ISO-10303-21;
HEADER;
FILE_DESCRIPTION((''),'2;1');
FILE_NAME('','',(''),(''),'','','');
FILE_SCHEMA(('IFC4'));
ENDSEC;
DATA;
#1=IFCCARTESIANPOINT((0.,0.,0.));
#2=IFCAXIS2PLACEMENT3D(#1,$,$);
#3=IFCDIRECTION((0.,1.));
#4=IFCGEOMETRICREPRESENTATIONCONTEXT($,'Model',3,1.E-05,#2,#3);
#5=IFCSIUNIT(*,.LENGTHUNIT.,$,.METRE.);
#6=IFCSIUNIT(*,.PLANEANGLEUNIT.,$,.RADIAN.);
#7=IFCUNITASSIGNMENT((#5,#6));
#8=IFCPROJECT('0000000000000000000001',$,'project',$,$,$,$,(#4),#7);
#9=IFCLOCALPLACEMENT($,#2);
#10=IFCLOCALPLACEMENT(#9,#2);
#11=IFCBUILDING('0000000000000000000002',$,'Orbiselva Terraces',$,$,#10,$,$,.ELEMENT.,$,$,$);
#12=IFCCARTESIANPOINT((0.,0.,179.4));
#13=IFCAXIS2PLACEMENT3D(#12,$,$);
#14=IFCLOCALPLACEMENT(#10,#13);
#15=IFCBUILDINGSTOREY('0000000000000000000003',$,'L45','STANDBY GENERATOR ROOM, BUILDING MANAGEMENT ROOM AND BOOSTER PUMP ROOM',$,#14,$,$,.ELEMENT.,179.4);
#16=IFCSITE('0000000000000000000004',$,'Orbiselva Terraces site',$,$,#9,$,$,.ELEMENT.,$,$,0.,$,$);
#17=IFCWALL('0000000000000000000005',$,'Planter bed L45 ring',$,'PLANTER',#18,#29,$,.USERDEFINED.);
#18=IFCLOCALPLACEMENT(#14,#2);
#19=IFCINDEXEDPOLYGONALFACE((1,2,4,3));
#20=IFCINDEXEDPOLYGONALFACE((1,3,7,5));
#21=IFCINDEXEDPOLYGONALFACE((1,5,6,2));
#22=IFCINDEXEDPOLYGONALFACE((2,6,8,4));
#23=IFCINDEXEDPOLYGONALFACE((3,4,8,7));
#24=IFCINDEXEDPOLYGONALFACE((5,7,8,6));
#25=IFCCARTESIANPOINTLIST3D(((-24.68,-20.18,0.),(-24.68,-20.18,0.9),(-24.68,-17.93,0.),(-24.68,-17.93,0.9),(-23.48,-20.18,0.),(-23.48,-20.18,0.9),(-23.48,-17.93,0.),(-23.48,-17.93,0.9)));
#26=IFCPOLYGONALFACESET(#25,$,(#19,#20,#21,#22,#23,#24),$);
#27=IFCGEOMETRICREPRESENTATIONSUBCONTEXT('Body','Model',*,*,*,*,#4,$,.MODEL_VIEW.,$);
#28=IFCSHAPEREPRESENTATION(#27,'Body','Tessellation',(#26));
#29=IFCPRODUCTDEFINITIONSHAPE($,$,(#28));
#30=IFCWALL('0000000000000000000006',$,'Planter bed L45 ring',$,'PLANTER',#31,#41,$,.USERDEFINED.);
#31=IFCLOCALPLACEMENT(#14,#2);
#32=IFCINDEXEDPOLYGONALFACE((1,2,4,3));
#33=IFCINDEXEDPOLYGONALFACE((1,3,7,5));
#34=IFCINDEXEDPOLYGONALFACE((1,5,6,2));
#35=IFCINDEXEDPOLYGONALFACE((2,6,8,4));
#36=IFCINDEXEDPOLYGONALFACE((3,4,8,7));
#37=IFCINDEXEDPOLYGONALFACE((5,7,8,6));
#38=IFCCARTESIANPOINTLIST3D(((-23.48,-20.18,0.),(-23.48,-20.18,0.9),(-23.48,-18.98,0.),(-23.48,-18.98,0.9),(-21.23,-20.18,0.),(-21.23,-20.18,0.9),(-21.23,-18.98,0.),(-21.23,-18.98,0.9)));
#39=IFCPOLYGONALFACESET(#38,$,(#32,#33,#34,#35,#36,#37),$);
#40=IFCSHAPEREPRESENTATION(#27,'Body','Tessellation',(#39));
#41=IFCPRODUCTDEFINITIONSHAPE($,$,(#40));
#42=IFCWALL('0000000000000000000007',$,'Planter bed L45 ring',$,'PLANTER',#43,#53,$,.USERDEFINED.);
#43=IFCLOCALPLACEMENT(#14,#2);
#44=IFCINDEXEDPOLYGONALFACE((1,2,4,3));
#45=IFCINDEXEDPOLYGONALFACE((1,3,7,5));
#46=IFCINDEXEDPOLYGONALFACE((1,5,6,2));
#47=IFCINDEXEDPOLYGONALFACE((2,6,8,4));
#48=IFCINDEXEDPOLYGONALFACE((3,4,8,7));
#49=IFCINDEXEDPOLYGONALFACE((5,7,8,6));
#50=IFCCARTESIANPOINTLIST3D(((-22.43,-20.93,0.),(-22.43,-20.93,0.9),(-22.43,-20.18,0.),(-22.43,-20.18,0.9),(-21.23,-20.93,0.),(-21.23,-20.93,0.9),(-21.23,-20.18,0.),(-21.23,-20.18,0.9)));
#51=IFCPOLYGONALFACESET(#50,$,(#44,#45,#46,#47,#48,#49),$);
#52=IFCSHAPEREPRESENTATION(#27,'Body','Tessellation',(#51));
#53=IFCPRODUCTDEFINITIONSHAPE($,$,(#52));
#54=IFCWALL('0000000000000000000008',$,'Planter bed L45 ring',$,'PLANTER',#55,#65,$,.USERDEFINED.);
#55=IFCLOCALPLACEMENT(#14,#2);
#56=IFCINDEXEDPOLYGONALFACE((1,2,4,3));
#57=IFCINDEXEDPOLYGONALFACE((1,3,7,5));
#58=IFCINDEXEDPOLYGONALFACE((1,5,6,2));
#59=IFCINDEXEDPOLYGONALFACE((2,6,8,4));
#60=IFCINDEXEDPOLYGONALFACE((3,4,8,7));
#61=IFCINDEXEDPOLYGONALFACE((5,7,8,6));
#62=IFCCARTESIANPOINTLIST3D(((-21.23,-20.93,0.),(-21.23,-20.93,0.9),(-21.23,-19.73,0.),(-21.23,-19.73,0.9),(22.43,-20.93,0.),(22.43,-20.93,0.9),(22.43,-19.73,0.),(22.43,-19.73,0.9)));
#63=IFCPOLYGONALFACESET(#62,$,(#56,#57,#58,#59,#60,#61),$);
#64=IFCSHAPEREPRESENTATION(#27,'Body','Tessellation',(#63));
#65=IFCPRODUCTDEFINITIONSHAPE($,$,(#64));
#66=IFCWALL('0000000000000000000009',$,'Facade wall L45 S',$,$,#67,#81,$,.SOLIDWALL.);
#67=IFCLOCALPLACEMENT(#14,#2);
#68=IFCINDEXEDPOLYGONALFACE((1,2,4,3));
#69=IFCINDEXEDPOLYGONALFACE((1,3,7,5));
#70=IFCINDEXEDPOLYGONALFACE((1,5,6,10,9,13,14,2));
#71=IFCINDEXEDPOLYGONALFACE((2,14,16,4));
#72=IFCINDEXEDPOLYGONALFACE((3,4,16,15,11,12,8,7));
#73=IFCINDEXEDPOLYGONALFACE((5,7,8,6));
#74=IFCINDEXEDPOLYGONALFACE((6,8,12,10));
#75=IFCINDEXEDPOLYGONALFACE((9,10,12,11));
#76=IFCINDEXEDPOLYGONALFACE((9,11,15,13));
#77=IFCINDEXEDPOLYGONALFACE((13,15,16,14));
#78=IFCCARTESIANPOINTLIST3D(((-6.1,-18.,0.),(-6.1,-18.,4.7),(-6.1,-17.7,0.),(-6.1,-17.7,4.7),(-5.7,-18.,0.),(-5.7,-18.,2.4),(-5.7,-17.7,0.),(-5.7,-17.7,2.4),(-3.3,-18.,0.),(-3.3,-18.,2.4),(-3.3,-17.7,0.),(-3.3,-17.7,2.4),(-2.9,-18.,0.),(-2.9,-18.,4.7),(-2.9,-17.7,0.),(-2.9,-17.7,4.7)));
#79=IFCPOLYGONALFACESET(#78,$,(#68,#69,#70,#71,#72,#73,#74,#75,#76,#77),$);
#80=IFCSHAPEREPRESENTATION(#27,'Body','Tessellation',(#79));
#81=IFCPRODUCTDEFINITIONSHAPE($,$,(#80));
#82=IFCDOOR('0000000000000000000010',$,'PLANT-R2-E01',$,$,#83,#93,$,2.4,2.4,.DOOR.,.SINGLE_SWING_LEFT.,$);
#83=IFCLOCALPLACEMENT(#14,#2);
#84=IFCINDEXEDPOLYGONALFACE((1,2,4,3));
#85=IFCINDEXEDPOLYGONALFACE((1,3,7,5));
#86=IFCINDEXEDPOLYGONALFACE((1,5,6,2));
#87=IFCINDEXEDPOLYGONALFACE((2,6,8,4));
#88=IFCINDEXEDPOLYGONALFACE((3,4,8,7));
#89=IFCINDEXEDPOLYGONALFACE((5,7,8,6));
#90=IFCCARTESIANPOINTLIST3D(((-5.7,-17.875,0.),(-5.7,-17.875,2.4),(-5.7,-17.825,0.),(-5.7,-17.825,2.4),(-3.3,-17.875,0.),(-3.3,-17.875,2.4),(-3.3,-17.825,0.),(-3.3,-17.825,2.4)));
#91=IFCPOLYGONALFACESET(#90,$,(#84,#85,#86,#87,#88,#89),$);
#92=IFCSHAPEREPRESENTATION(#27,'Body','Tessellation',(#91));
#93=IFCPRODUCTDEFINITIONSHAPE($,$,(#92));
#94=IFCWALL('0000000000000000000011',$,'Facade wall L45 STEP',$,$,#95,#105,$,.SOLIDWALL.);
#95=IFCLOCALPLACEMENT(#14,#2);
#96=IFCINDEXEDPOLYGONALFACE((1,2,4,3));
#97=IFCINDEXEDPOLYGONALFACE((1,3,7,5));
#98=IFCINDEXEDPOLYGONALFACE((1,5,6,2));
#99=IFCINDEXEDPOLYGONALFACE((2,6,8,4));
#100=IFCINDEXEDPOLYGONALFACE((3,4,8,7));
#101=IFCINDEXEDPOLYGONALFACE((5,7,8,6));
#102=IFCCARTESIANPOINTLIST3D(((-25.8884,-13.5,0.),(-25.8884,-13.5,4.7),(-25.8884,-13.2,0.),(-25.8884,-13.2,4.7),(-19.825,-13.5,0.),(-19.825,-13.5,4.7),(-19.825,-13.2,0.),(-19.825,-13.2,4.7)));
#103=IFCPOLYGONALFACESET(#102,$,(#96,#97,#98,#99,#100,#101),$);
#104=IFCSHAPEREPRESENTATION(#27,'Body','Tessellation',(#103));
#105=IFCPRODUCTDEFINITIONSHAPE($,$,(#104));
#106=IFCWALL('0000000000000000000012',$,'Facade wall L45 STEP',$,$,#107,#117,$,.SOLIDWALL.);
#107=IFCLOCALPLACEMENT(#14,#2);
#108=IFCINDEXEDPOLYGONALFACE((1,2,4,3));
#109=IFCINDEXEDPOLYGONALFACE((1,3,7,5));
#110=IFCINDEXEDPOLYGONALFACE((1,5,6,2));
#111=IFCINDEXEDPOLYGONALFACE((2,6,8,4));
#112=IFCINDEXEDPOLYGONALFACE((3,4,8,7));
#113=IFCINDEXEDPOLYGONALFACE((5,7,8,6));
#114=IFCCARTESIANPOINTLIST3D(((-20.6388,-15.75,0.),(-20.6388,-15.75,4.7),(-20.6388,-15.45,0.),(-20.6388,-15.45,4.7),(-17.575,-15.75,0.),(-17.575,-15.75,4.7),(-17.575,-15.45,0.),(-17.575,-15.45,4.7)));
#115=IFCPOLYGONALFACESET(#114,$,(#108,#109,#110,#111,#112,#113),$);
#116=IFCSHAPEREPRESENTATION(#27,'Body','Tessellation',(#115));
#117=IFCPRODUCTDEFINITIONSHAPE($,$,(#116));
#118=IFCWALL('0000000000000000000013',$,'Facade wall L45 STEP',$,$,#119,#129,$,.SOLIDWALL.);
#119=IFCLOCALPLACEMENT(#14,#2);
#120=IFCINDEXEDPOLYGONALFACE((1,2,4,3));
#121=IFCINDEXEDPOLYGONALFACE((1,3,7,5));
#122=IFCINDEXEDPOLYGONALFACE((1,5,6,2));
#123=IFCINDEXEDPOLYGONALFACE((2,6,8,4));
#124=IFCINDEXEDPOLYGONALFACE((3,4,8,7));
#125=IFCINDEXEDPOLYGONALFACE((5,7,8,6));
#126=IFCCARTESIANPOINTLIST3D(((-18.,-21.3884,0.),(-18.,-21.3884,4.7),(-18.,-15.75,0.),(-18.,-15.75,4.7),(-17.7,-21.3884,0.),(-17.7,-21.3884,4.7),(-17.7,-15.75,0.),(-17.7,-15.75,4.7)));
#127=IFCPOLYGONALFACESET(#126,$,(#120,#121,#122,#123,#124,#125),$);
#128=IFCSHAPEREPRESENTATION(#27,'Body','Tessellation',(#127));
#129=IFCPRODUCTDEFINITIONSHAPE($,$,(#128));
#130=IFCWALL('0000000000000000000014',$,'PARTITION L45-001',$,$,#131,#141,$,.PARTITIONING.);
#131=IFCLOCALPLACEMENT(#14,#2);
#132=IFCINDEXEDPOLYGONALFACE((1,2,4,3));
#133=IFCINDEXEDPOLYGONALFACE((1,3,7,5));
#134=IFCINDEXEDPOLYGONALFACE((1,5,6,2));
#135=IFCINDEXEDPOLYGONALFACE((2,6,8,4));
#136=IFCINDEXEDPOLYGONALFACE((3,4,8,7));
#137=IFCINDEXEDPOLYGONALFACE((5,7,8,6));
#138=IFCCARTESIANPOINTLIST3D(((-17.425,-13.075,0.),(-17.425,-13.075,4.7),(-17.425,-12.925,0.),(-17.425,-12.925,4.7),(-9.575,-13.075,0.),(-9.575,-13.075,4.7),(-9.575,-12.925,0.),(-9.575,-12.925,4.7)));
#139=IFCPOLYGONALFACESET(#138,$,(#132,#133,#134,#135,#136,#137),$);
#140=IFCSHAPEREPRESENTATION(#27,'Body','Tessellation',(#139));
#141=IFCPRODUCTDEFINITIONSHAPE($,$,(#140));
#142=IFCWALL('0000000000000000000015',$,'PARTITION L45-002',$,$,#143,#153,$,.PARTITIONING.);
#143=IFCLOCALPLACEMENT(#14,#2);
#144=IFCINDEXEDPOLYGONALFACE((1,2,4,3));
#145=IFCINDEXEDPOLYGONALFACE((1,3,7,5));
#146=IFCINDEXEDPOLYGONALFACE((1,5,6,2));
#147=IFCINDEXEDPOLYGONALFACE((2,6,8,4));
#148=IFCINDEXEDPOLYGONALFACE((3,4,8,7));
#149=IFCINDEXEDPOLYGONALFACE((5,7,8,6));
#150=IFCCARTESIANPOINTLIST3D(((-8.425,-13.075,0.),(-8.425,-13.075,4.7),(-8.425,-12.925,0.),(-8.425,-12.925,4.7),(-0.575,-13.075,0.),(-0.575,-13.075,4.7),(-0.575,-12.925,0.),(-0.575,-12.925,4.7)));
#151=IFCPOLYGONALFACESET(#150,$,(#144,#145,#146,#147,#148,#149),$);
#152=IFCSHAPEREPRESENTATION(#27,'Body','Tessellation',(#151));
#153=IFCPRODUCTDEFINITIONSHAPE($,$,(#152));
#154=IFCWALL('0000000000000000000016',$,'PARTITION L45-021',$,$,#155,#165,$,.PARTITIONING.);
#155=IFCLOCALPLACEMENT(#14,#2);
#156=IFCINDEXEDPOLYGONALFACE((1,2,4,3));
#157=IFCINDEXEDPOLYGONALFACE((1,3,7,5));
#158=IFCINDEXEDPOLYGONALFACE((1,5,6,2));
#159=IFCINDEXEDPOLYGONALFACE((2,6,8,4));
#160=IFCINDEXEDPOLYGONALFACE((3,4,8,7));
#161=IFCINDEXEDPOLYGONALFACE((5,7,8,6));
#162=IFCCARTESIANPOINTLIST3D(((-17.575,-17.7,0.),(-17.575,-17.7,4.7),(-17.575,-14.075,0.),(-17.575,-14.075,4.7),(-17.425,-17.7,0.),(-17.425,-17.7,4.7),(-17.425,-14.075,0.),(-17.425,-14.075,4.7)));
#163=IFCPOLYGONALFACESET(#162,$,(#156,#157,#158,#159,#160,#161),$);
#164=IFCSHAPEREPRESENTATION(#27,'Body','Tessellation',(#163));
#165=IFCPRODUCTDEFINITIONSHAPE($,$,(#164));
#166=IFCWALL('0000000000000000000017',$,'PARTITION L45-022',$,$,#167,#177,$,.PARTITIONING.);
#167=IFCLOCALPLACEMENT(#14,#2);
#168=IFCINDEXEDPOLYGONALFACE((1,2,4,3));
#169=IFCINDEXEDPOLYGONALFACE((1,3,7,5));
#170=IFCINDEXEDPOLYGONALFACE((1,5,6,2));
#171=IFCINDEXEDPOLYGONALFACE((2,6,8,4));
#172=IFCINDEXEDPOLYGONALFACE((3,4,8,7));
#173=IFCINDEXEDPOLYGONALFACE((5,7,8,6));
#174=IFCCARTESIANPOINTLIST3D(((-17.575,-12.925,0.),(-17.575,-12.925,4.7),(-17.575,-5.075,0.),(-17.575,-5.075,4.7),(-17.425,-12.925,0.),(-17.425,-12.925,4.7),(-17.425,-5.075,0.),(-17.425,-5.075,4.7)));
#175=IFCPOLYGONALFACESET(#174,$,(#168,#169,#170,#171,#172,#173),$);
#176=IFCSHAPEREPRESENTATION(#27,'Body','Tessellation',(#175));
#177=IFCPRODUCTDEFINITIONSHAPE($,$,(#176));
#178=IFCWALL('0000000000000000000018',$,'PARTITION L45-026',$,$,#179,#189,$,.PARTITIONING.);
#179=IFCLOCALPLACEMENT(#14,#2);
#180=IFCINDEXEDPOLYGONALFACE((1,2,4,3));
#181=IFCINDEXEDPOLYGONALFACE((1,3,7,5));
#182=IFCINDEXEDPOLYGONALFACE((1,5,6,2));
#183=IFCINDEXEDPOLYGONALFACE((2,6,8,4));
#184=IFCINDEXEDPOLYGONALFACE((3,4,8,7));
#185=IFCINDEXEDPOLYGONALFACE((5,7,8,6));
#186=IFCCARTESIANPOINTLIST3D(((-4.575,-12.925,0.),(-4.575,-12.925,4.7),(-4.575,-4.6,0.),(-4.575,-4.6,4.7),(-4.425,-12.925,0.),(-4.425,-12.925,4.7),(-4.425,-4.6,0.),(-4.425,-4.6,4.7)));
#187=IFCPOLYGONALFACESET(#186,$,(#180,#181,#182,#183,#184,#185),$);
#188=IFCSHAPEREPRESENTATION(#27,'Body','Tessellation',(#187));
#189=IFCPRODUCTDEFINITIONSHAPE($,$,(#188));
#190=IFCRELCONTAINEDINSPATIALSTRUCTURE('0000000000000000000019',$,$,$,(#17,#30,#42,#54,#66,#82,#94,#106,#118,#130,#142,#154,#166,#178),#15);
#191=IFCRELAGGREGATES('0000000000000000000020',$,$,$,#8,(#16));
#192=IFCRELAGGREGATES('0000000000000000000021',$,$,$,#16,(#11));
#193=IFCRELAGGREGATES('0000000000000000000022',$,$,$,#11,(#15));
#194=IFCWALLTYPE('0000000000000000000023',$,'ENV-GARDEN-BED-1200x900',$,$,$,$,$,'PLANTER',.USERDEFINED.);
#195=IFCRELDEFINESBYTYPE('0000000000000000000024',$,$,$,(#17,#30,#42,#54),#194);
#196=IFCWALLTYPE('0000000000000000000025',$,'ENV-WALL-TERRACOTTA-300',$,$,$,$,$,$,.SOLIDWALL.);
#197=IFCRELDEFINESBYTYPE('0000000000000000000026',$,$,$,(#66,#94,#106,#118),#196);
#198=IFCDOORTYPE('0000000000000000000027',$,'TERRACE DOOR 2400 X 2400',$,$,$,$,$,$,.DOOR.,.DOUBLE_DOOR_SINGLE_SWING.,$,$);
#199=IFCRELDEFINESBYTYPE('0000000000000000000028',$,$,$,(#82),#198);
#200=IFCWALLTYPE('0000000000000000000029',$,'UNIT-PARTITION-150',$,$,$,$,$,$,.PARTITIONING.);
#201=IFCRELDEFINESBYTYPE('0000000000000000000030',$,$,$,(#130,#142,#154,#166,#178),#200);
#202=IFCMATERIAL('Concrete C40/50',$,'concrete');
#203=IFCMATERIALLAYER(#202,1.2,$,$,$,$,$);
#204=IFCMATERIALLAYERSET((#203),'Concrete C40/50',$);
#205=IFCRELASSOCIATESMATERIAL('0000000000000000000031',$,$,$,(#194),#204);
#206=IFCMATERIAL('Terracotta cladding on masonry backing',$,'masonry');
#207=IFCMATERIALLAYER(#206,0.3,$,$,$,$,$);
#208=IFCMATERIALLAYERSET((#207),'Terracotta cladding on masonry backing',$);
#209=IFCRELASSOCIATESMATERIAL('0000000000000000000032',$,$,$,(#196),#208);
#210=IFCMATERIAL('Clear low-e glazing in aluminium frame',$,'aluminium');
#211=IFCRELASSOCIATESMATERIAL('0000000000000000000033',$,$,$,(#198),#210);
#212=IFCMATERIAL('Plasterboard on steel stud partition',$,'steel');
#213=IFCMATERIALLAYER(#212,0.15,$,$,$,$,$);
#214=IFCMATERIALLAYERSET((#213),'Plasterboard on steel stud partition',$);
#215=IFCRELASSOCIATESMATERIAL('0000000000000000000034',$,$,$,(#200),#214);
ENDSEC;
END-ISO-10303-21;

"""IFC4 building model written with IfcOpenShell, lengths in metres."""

from ifc_helpers import new_model, si_unit, direction, frame, frame_2d, origin, place, context, subcontext, project, spatial, rectangle, extrude, material, layer, layer_set, type_object, element, fill, save


model = new_model("IFC4")

# Units and contexts
model_context = context("Model", 3, precision=1e-05, world=origin(), true_north=direction((0.0, 1.0)))
body_context = subcontext(model_context, "Body", "Model", "MODEL_VIEW")
ifc_project = project(units=[si_unit("LENGTHUNIT", "METRE"), si_unit("PLANEANGLEUNIT", "RADIAN")], contexts=[model_context])

# Site, building, storey
site_placement = place(None, origin())
site = spatial("IfcSite", under=ifc_project, at=site_placement, Name="Orbiselva Terraces site", CompositionType="ELEMENT", RefElevation=0.0)
building_placement = place(site_placement, origin())
building = spatial("IfcBuilding", under=site, at=building_placement, Name="Orbiselva Terraces", CompositionType="ELEMENT")
storey_placement = place(building_placement, frame((0.0, 0.0, 179.4)))
storey = spatial("IfcBuildingStorey", under=building, at=storey_placement, Name="L45", Description="STANDBY GENERATOR ROOM, BUILDING MANAGEMENT ROOM AND BOOSTER PUMP ROOM", CompositionType="ELEMENT", Elevation=179.4)

# Walls
ifc_material_1 = material(Name="Concrete C40/50", Category="concrete")
ifc_layer_1 = layer(ifc_material_1, 1.2)
ifc_layer_set_1 = layer_set([ifc_layer_1], Name="Concrete C40/50")
wall_type_1 = type_object("IfcWallType", Name="ENV-GARDEN-BED-1200x900", ElementType="PLANTER", PredefinedType="USERDEFINED", material=ifc_layer_set_1)
for number, where, z_axis, x_axis, name in (
    (1, (-24.08, -17.93, 0.0), (0.0, 0.0, 1.0), (0.0, -1.0, 0.0), "Planter bed L45 ring"),
    (2, (-23.48, -19.58, 0.0), (0.0, 0.0, 1.0), (1.0, 0.0, 0.0), "Planter bed L45 ring"),
):
    element("IfcWall", number, at=place(storey_placement, frame(where, z_axis=z_axis, x_axis=x_axis)), inside=storey, type_object=wall_type_1, Name=name, ObjectType="PLANTER", PredefinedType="USERDEFINED", context=body_context, shape_type="SweptSolid", body=[
        extrude(rectangle(XDim=2.25, YDim=1.2, at=frame_2d((1.125, 0.0))), origin(), (0.0, 0.0, 1.0), 0.9),
    ])
wall_1_placement = place(storey_placement, frame((-21.83, -20.18, 0.0), z_axis=(0.0, 0.0, 1.0), x_axis=(0.0, -1.0, 0.0)))
element("IfcWall", 3, at=wall_1_placement, inside=storey, type_object=wall_type_1, Name="Planter bed L45 ring", ObjectType="PLANTER", PredefinedType="USERDEFINED", context=body_context, shape_type="SweptSolid", body=[
    extrude(rectangle(XDim=0.75, YDim=1.2, at=frame_2d((0.375, 0.0))), origin(), (0.0, 0.0, 1.0), 0.9),
])
wall_2_placement = place(storey_placement, frame((-21.23, -20.33, 0.0), z_axis=(0.0, 0.0, 1.0), x_axis=(1.0, 0.0, 0.0)))
element("IfcWall", 4, at=wall_2_placement, inside=storey, type_object=wall_type_1, Name="Planter bed L45 ring", ObjectType="PLANTER", PredefinedType="USERDEFINED", context=body_context, shape_type="SweptSolid", body=[
    extrude(rectangle(XDim=43.66, YDim=1.2, at=frame_2d((21.83, 0.0))), origin(), (0.0, 0.0, 1.0), 0.9),
])

# Wall, opening, door
ifc_material_2 = material(Name="Terracotta cladding on masonry backing", Category="masonry")
ifc_layer_2 = layer(ifc_material_2, 0.3)
ifc_layer_set_2 = layer_set([ifc_layer_2], Name="Terracotta cladding on masonry backing")
wall_type_2 = type_object("IfcWallType", Name="ENV-WALL-TERRACOTTA-300", PredefinedType="SOLIDWALL", material=ifc_layer_set_2)
wall_3_placement = place(storey_placement, frame((-2.9, -17.85, 0.0), z_axis=(0.0, 0.0, 1.0), x_axis=(-1.0, 0.0, 0.0)))
wall_3 = element("IfcWall", 5, at=wall_3_placement, inside=storey, type_object=wall_type_2, Name="Facade wall L45 S", PredefinedType="SOLIDWALL", context=body_context, shape_type="SweptSolid", body=[
    extrude(rectangle(XDim=3.2, YDim=0.3, at=frame_2d((1.6, 0.0))), origin(), (0.0, 0.0, 1.0), 4.7),
])
opening_placement = place(wall_3_placement, frame((0.4, 0.0, 0.0)))
opening = element("IfcOpeningElement", 6, at=opening_placement, cuts=wall_3, PredefinedType="OPENING", context=body_context, shape_type="SweptSolid", body=[
    extrude(rectangle(XDim=2.4, YDim=2.4, at=frame_2d((1.2, 1.2))), frame((0.0, 0.16, 0.0), z_axis=(0.0, -1.0, 0.0), x_axis=(1.0, 0.0, 0.0)), (0.0, 0.0, 1.0), 0.32),
])
ifc_material_3 = material(Name="Clear low-e glazing in aluminium frame", Category="aluminium")
door_type = type_object("IfcDoorType", Name="TERRACE DOOR 2400 X 2400", OperationType="DOUBLE_DOOR_SINGLE_SWING", PredefinedType="DOOR", material=ifc_material_3)
door_placement = place(opening_placement, origin())
door = element("IfcDoor", 7, at=door_placement, inside=storey, type_object=door_type, Name="PLANT-R2-E01", OperationType="SINGLE_SWING_LEFT", OverallHeight=2.4, OverallWidth=2.4, PredefinedType="DOOR", context=body_context, shape_type="SweptSolid", body=[
    extrude(rectangle(XDim=2.4, YDim=2.4, at=frame_2d((1.2, 1.2))), frame((0.0, 0.025, 0.0), z_axis=(0.0, -1.0, 0.0), x_axis=(1.0, 0.0, 0.0)), (0.0, 0.0, 1.0), 0.05),
])
fill(opening, door)

# Walls
wall_4_placement = place(storey_placement, frame((-19.825, -13.35, 0.0), z_axis=(0.0, 0.0, 1.0), x_axis=(-1.0, 0.0, 0.0)))
element("IfcWall", 8, at=wall_4_placement, inside=storey, type_object=wall_type_2, Name="Facade wall L45 STEP", PredefinedType="SOLIDWALL", context=body_context, shape_type="SweptSolid", body=[
    extrude(rectangle(XDim=6.0634, YDim=0.3, at=frame_2d((3.0317, 0.0))), origin(), (0.0, 0.0, 1.0), 4.7),
])
wall_5_placement = place(storey_placement, frame((-17.575, -15.6, 0.0), z_axis=(0.0, 0.0, 1.0), x_axis=(-1.0, 0.0, 0.0)))
element("IfcWall", 9, at=wall_5_placement, inside=storey, type_object=wall_type_2, Name="Facade wall L45 STEP", PredefinedType="SOLIDWALL", context=body_context, shape_type="SweptSolid", body=[
    extrude(rectangle(XDim=3.0638, YDim=0.3, at=frame_2d((1.5319, 0.0))), origin(), (0.0, 0.0, 1.0), 4.7),
])
wall_6_placement = place(storey_placement, frame((-17.85, -21.3884, 0.0), z_axis=(0.0, 0.0, 1.0), x_axis=(0.0, 1.0, 0.0)))
element("IfcWall", 10, at=wall_6_placement, inside=storey, type_object=wall_type_2, Name="Facade wall L45 STEP", PredefinedType="SOLIDWALL", context=body_context, shape_type="SweptSolid", body=[
    extrude(rectangle(XDim=5.6384, YDim=0.3, at=frame_2d((2.8192, 0.0))), origin(), (0.0, 0.0, 1.0), 4.7),
])
ifc_material_4 = material(Name="Plasterboard on steel stud partition", Category="steel")
ifc_layer_3 = layer(ifc_material_4, 0.15)
ifc_layer_set_3 = layer_set([ifc_layer_3], Name="Plasterboard on steel stud partition")
wall_type_3 = type_object("IfcWallType", Name="UNIT-PARTITION-150", PredefinedType="PARTITIONING", material=ifc_layer_set_3)
for number, where, z_axis, x_axis, name in (
    (11, (-17.425, -13.0, 0.0), (0.0, 0.0, 1.0), (1.0, 0.0, 0.0), "PARTITION L45-001"),
    (12, (-8.425, -13.0, 0.0), (0.0, 0.0, 1.0), (1.0, 0.0, 0.0), "PARTITION L45-002"),
):
    element("IfcWall", number, at=place(storey_placement, frame(where, z_axis=z_axis, x_axis=x_axis)), inside=storey, type_object=wall_type_3, Name=name, PredefinedType="PARTITIONING", context=body_context, shape_type="SweptSolid", body=[
        extrude(rectangle(XDim=7.85, YDim=0.15, at=frame_2d((3.925, 0.0))), origin(), (0.0, 0.0, 1.0), 4.7),
    ])
wall_7_placement = place(storey_placement, frame((-17.5, -17.7, 0.0), z_axis=(0.0, 0.0, 1.0), x_axis=(0.0, 1.0, 0.0)))
element("IfcWall", 13, at=wall_7_placement, inside=storey, type_object=wall_type_3, Name="PARTITION L45-021", PredefinedType="PARTITIONING", context=body_context, shape_type="SweptSolid", body=[
    extrude(rectangle(XDim=3.625, YDim=0.15, at=frame_2d((1.8125, 0.0))), origin(), (0.0, 0.0, 1.0), 4.7),
])
wall_8_placement = place(storey_placement, frame((-17.5, -12.925, 0.0), z_axis=(0.0, 0.0, 1.0), x_axis=(0.0, 1.0, 0.0)))
element("IfcWall", 14, at=wall_8_placement, inside=storey, type_object=wall_type_3, Name="PARTITION L45-022", PredefinedType="PARTITIONING", context=body_context, shape_type="SweptSolid", body=[
    extrude(rectangle(XDim=7.85, YDim=0.15, at=frame_2d((3.925, 0.0))), origin(), (0.0, 0.0, 1.0), 4.7),
])
wall_9_placement = place(storey_placement, frame((-4.5, -12.925, 0.0), z_axis=(0.0, 0.0, 1.0), x_axis=(0.0, 1.0, 0.0)))
element("IfcWall", 15, at=wall_9_placement, inside=storey, type_object=wall_type_3, Name="PARTITION L45-026", PredefinedType="PARTITIONING", context=body_context, shape_type="SweptSolid", body=[
    extrude(rectangle(XDim=8.325, YDim=0.15, at=frame_2d((4.1625, 0.0))), origin(), (0.0, 0.0, 1.0), 4.7),
])

save(model, "model.ifc")
